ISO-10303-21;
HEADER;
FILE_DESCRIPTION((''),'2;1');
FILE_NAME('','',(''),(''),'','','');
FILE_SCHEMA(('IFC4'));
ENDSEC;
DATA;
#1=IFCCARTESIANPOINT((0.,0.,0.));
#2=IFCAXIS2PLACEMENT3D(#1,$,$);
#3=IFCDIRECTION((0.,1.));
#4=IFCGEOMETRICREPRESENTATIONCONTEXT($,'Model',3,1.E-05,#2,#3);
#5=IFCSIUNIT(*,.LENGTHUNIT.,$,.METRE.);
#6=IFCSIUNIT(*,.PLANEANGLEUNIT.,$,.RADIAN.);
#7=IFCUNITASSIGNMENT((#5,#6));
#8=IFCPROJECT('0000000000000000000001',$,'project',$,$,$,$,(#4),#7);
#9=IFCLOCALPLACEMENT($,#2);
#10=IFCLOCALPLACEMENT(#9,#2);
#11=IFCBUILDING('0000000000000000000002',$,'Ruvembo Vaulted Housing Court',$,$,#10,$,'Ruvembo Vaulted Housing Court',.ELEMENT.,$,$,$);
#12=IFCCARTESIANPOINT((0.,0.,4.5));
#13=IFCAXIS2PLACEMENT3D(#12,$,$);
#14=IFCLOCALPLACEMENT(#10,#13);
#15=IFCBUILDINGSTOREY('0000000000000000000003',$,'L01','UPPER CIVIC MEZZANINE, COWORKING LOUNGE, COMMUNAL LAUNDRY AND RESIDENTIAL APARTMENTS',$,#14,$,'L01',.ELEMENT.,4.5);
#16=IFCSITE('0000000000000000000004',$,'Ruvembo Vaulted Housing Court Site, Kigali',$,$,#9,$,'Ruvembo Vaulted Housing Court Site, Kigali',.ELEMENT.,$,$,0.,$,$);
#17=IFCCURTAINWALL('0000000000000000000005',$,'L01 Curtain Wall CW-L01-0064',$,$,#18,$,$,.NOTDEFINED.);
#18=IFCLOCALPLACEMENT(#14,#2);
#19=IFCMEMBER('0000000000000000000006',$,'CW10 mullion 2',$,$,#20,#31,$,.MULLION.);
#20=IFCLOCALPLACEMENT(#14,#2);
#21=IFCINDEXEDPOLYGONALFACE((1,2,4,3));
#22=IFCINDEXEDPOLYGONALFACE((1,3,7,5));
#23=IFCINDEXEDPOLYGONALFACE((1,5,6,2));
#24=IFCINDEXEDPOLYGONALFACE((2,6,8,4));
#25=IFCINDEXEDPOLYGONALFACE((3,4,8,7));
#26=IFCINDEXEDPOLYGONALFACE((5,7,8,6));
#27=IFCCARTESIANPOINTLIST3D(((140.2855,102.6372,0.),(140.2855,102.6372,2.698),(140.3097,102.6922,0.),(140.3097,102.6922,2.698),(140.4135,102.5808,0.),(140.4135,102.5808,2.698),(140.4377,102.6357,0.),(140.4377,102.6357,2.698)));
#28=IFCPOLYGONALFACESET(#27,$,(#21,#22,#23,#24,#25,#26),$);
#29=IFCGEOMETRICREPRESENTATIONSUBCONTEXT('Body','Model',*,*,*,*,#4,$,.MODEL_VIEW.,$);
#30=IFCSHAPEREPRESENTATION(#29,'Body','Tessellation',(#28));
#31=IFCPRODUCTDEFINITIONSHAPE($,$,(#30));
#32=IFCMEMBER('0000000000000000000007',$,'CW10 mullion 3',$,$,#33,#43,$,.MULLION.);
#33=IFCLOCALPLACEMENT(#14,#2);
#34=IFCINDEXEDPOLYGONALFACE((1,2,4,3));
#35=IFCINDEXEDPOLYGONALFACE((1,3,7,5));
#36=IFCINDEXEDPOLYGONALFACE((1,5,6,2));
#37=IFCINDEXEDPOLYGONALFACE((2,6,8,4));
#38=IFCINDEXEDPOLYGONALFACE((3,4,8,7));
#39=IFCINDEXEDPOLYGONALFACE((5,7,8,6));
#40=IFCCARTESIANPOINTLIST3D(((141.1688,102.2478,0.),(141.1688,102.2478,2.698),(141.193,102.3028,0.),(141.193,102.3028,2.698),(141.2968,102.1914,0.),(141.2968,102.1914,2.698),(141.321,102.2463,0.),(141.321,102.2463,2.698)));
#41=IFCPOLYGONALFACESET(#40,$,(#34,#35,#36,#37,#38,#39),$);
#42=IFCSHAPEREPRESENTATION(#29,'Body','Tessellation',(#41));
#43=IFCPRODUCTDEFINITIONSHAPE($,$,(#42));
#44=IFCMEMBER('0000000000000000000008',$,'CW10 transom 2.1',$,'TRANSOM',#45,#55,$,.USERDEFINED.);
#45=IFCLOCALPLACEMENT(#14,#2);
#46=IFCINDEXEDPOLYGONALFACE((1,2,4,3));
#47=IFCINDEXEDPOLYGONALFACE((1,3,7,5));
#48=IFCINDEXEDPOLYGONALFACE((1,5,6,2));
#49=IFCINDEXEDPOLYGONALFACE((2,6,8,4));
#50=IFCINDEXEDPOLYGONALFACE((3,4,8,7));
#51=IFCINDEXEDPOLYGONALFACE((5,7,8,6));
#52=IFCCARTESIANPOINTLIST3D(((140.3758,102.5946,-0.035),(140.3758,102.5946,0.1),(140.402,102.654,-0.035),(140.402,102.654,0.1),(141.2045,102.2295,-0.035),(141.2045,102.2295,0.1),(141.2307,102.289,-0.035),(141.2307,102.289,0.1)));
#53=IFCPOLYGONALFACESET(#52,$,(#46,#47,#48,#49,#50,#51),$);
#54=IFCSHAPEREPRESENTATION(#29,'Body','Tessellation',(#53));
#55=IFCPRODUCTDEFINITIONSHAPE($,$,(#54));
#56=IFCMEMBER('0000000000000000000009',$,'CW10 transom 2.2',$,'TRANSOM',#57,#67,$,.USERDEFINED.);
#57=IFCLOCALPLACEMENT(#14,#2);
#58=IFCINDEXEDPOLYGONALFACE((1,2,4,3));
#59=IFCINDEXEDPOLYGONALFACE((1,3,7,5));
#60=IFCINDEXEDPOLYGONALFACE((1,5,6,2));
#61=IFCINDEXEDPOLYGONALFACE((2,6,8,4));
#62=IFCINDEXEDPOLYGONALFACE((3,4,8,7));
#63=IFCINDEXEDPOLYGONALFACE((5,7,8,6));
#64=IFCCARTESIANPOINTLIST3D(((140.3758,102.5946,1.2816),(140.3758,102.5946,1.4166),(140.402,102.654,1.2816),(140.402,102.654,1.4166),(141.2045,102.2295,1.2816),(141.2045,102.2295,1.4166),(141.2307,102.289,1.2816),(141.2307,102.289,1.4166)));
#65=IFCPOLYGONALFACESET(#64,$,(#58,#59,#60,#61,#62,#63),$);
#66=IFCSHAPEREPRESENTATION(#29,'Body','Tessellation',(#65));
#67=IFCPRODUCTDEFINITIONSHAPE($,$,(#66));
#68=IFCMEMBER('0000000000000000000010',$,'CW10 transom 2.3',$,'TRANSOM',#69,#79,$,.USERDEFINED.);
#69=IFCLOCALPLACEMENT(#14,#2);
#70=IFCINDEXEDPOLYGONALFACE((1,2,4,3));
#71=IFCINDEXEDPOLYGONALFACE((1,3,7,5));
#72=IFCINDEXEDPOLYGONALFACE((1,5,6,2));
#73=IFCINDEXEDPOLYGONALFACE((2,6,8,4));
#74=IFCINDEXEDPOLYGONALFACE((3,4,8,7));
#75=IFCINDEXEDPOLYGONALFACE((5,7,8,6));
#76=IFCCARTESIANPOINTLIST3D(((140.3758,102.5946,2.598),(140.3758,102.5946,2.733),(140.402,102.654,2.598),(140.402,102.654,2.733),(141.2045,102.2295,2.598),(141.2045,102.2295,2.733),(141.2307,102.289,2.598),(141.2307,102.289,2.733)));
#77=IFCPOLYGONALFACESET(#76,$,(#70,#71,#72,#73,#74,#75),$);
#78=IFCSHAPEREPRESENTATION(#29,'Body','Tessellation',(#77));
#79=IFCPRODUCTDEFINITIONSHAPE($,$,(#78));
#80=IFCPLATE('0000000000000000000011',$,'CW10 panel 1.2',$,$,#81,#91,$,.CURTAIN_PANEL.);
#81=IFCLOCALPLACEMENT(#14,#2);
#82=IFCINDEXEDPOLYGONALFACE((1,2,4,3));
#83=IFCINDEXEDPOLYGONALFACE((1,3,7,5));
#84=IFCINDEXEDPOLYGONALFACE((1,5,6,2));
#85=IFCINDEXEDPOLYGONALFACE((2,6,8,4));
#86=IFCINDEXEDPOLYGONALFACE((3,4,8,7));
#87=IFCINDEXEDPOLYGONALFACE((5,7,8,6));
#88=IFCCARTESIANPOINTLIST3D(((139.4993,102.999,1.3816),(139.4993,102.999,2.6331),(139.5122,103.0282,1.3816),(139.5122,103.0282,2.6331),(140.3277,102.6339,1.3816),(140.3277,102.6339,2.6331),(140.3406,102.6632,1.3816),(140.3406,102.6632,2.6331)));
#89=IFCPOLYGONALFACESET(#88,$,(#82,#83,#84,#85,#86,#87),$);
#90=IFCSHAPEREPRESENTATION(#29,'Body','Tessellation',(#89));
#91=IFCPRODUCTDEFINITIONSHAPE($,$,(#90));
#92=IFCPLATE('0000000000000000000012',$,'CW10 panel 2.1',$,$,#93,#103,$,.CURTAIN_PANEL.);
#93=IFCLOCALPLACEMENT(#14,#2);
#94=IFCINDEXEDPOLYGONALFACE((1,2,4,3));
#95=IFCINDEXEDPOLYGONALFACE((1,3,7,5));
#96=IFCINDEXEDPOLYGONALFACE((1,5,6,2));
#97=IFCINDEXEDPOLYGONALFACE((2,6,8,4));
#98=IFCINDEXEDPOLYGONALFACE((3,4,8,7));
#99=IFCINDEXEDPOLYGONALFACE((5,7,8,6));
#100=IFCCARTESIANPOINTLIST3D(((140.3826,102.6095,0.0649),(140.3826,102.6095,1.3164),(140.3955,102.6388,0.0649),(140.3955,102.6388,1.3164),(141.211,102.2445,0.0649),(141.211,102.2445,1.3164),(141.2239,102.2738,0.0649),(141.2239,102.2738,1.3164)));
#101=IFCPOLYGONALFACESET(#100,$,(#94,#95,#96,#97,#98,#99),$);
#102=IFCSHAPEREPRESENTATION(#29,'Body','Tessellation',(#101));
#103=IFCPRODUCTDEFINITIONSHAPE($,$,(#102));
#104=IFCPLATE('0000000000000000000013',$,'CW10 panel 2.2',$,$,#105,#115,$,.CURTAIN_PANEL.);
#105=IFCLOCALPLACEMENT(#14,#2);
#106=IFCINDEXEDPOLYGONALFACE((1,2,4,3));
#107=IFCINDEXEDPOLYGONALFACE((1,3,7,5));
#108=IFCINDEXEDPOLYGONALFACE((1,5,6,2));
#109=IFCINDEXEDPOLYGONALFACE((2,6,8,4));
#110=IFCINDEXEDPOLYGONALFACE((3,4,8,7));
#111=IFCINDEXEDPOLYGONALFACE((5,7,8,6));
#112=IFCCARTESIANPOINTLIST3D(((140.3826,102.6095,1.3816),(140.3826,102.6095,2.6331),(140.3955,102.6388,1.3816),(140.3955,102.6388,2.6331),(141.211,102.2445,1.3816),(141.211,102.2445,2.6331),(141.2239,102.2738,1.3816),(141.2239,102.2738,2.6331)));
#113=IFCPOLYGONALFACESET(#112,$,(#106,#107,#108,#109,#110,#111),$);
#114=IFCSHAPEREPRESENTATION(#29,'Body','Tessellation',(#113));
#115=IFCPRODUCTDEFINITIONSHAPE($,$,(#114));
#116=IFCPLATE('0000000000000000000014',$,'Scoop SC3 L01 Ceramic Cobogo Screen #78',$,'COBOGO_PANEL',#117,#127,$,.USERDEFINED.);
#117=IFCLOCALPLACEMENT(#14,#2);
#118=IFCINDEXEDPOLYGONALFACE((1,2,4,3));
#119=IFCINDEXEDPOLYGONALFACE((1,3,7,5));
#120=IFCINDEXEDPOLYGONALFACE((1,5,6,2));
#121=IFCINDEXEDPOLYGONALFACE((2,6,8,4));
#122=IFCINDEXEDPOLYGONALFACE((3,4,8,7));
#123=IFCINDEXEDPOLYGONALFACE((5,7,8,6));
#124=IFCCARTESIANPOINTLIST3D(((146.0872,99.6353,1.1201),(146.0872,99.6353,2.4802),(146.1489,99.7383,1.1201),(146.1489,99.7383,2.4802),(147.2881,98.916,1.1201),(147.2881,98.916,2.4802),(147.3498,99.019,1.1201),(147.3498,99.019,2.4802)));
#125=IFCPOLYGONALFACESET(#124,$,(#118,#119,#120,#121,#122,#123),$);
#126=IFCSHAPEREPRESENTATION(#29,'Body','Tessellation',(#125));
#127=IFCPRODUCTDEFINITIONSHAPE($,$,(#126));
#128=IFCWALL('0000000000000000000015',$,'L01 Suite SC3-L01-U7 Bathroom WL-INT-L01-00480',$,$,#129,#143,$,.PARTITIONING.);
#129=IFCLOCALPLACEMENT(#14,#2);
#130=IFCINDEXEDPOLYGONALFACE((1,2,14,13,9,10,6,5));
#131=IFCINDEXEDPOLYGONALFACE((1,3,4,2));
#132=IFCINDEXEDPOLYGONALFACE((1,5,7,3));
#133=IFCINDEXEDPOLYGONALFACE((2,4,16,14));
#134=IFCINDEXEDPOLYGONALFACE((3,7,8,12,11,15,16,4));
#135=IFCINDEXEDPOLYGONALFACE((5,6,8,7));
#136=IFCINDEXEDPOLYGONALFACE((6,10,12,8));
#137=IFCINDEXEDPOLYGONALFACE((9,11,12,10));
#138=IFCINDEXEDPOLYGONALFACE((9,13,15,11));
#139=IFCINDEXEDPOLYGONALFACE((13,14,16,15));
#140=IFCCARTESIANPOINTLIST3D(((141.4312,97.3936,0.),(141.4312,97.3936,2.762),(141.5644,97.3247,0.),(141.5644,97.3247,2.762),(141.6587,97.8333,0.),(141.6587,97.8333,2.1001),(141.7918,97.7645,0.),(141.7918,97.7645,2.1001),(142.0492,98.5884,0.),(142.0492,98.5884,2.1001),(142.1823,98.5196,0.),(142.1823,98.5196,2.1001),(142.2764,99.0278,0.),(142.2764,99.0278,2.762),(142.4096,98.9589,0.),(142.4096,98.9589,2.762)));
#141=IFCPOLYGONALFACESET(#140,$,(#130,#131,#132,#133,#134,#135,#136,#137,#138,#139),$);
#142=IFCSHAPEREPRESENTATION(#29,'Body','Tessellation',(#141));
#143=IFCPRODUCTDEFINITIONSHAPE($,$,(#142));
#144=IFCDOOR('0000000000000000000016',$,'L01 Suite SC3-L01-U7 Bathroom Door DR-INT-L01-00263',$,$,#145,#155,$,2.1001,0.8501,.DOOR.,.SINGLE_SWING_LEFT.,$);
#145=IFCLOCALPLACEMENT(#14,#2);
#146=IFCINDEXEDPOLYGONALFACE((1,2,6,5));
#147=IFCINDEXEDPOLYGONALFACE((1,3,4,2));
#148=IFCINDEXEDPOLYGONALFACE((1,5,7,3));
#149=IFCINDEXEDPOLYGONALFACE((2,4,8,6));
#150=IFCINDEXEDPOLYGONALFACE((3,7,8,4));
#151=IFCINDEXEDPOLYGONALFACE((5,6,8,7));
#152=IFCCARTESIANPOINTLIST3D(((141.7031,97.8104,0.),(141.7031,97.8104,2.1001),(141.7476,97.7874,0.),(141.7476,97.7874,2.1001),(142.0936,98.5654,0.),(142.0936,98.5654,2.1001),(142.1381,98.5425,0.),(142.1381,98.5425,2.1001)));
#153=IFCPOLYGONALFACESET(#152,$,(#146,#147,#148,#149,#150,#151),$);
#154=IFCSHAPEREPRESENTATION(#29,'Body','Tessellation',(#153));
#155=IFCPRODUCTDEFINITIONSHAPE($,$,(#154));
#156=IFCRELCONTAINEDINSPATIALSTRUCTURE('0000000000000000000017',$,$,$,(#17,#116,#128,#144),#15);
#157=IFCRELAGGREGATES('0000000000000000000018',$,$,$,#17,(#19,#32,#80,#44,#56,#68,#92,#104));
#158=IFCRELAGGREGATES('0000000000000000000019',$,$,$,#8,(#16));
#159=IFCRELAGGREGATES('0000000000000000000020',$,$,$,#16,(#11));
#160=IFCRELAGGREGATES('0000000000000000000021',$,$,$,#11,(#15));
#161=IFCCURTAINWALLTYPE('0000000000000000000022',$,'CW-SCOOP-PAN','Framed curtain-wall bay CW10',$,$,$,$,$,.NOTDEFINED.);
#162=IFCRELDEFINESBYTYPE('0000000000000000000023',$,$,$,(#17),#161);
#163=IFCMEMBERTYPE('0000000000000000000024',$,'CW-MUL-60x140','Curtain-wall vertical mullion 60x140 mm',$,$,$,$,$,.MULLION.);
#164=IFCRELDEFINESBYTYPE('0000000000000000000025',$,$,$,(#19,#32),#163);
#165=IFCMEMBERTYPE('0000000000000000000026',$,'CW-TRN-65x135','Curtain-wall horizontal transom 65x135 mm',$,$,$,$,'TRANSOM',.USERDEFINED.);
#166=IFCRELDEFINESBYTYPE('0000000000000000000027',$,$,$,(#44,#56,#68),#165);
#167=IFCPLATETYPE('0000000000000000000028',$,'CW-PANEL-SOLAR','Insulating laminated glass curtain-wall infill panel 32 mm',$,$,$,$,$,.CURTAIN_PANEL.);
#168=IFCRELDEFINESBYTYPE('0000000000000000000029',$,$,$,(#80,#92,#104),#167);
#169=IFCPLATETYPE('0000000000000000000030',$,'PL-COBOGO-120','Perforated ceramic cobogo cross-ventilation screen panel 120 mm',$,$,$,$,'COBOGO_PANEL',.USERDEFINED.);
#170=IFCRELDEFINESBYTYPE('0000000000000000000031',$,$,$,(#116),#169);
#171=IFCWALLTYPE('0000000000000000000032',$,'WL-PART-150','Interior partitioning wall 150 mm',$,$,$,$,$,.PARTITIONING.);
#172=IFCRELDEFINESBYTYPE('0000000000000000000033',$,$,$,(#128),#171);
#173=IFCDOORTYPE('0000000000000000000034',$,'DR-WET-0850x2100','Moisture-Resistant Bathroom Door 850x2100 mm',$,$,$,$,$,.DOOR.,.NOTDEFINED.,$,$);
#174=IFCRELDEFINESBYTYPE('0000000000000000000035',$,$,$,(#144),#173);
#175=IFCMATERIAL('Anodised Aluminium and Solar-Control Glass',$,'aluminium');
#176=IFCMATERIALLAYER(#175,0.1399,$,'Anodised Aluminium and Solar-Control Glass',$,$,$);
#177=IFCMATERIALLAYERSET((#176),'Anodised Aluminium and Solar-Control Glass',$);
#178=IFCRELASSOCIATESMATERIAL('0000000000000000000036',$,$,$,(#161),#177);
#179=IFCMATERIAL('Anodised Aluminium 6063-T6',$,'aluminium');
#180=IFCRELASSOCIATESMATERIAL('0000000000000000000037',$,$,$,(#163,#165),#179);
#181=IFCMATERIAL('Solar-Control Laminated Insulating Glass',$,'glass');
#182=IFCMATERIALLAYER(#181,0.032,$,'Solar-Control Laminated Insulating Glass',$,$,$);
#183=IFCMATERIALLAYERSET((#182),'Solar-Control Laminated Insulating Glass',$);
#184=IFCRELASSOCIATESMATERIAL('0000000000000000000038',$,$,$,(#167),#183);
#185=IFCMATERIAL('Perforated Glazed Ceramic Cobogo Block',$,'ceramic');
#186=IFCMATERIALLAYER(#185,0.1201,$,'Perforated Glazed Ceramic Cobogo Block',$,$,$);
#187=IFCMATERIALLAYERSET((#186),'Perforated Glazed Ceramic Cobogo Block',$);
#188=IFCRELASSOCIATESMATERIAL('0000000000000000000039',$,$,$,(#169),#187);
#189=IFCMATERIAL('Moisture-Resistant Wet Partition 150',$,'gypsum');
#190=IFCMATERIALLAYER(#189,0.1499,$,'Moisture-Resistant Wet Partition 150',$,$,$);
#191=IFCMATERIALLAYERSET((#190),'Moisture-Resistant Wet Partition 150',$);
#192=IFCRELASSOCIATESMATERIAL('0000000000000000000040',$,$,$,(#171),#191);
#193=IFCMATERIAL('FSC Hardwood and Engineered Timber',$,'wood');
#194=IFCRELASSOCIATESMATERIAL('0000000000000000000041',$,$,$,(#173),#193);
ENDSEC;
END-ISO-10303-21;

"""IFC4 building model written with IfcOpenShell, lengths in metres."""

from ifc_helpers import new_model, si_unit, direction, frame, frame_2d, origin, origin_2d, place, context, subcontext, project, spatial, rectangle, extrude, material, layer, layer_set, material_profile, profile_set, type_object, element, fill, aggregate, save


model = new_model("IFC4")

# Units and contexts
model_context = context("Model", 3, precision=1e-05, world=origin(), true_north=direction((0.0, 1.0)))
body_context = subcontext(model_context, "Body", "Model", "MODEL_VIEW")
ifc_project = project(units=[si_unit("LENGTHUNIT", "METRE"), si_unit("PLANEANGLEUNIT", "RADIAN")], contexts=[model_context])

# Site, building, storey
site_placement = place(None, origin())
site = spatial("IfcSite", under=ifc_project, at=site_placement, Name="Ruvembo Vaulted Housing Court Site, Kigali", LongName="Ruvembo Vaulted Housing Court Site, Kigali", CompositionType="ELEMENT", RefElevation=0.0)
building_placement = place(site_placement, origin())
building = spatial("IfcBuilding", under=site, at=building_placement, Name="Ruvembo Vaulted Housing Court", LongName="Ruvembo Vaulted Housing Court", CompositionType="ELEMENT")
storey_placement = place(building_placement, frame((0.0, 0.0, 4.5)))
storey = spatial("IfcBuildingStorey", under=building, at=storey_placement, Name="L01", Description="UPPER CIVIC MEZZANINE, COWORKING LOUNGE, COMMUNAL LAUNDRY AND RESIDENTIAL APARTMENTS", LongName="L01", CompositionType="ELEMENT", Elevation=4.5)

# Curtain wall, members, plates
ifc_material_1 = material(Name="Anodised Aluminium and Solar-Control Glass", Category="aluminium")
ifc_layer_1 = layer(ifc_material_1, 0.1399, Name="Anodised Aluminium and Solar-Control Glass")
ifc_layer_set_1 = layer_set([ifc_layer_1], Name="Anodised Aluminium and Solar-Control Glass")
curtain_wall_type = type_object("IfcCurtainWallType", Name="CW-SCOOP-PAN", Description="Framed curtain-wall bay CW10", PredefinedType="NOTDEFINED", material=ifc_layer_set_1)
curtain_wall_placement = place(storey_placement, origin())
curtain_wall = element("IfcCurtainWall", 1, at=curtain_wall_placement, inside=storey, type_object=curtain_wall_type, Name="L01 Curtain Wall CW-L01-0064", PredefinedType="NOTDEFINED")
ifc_material_2 = material(Name="Anodised Aluminium 6063-T6", Category="aluminium")
ifc_material_profile_1 = material_profile(ifc_material_2, rectangle(XDim=0.0601, YDim=0.1399, at=origin_2d()), Name="ALU 60x140")
ifc_profile_set_1 = profile_set([ifc_material_profile_1], Name="Anodised Aluminium 6063-T6")
member_type_1 = type_object("IfcMemberType", Name="CW-MUL-60x140", Description="Curtain-wall vertical mullion 60x140 mm", PredefinedType="MULLION", material=ifc_profile_set_1)
member_1_placement = place(storey_placement, frame((140.3616, 102.6365, 0.0), z_axis=(0.0, 0.0, 1.0), x_axis=(0.403265, 0.915083, 0.0)))
member_1 = element("IfcMember", 2, at=member_1_placement, type_object=member_type_1, Name="CW10 mullion 2", PredefinedType="MULLION", context=body_context, shape_type="SweptSolid", body=[
    extrude(rectangle(XDim=0.0601, YDim=0.1399, at=origin_2d()), origin(), (0.0, 0.0, 1.0), 2.698),
])
member_2_placement = place(storey_placement, frame((141.2449, 102.2471, 0.0), z_axis=(0.0, 0.0, 1.0), x_axis=(0.403265, 0.915083, 0.0)))
member_2 = element("IfcMember", 3, at=member_2_placement, type_object=member_type_1, Name="CW10 mullion 3", PredefinedType="MULLION", context=body_context, shape_type="SweptSolid", body=[
    extrude(rectangle(XDim=0.0601, YDim=0.1399, at=origin_2d()), origin(), (0.0, 0.0, 1.0), 2.698),
])
ifc_material_profile_2 = material_profile(ifc_material_2, rectangle(XDim=0.0649, YDim=0.135, at=origin_2d()), Name="ALU 65x135")
ifc_profile_set_2 = profile_set([ifc_material_profile_2], Name="Anodised Aluminium 6063-T6")
member_type_2 = type_object("IfcMemberType", Name="CW-TRN-65x135", Description="Curtain-wall horizontal transom 65x135 mm", ElementType="TRANSOM", PredefinedType="USERDEFINED", material=ifc_profile_set_2)
member_3_placement = place(storey_placement, frame((140.3889, 102.6243, 0.0325), z_axis=(0.915152, -0.403109, 0.0), x_axis=(0.403109, 0.915152, 0.0)))
member_3 = element("IfcMember", 4, at=member_3_placement, type_object=member_type_2, Name="CW10 transom 2.1", ObjectType="TRANSOM", PredefinedType="USERDEFINED", context=body_context, shape_type="SweptSolid", body=[
    extrude(rectangle(XDim=0.0649, YDim=0.135, at=origin_2d()), origin(), (0.0, 0.0, 1.0), 0.9055),
])
member_4_placement = place(storey_placement, frame((140.3889, 102.6243, 1.3491), z_axis=(0.915152, -0.403109, 0.0), x_axis=(0.403109, 0.915152, 0.0)))
member_4 = element("IfcMember", 5, at=member_4_placement, type_object=member_type_2, Name="CW10 transom 2.2", ObjectType="TRANSOM", PredefinedType="USERDEFINED", context=body_context, shape_type="SweptSolid", body=[
    extrude(rectangle(XDim=0.0649, YDim=0.135, at=origin_2d()), origin(), (0.0, 0.0, 1.0), 0.9055),
])
member_5_placement = place(storey_placement, frame((140.3889, 102.6243, 2.6655), z_axis=(0.915152, -0.403109, 0.0), x_axis=(0.403109, 0.915152, 0.0)))
member_5 = element("IfcMember", 6, at=member_5_placement, type_object=member_type_2, Name="CW10 transom 2.3", ObjectType="TRANSOM", PredefinedType="USERDEFINED", context=body_context, shape_type="SweptSolid", body=[
    extrude(rectangle(XDim=0.0649, YDim=0.135, at=origin_2d()), origin(), (0.0, 0.0, 1.0), 0.9055),
])
ifc_material_3 = material(Name="Solar-Control Laminated Insulating Glass", Category="glass")
ifc_layer_2 = layer(ifc_material_3, 0.032, Name="Solar-Control Laminated Insulating Glass")
ifc_layer_set_2 = layer_set([ifc_layer_2], Name="Solar-Control Laminated Insulating Glass")
plate_type_1 = type_object("IfcPlateType", Name="CW-PANEL-SOLAR", Description="Insulating laminated glass curtain-wall infill panel 32 mm", PredefinedType="CURTAIN_PANEL", material=ifc_layer_set_2)
plate_1_placement = place(storey_placement, frame((139.9199, 102.8311, 1.3816), z_axis=(0.0, 0.0, 1.0), x_axis=(0.915083, -0.403265, 0.0)))
plate_1 = element("IfcPlate", 7, at=plate_1_placement, type_object=plate_type_1, Name="CW10 panel 1.2", PredefinedType="CURTAIN_PANEL", context=body_context, shape_type="SweptSolid", body=[
    extrude(rectangle(XDim=0.9053, YDim=0.032, at=origin_2d()), origin(), (0.0, 0.0, 1.0), 1.2515),
])
plate_2_placement = place(storey_placement, frame((140.8032, 102.4417, 0.0649), z_axis=(0.0, 0.0, 1.0), x_axis=(0.915083, -0.403265, 0.0)))
plate_2 = element("IfcPlate", 8, at=plate_2_placement, type_object=plate_type_1, Name="CW10 panel 2.1", PredefinedType="CURTAIN_PANEL", context=body_context, shape_type="SweptSolid", body=[
    extrude(rectangle(XDim=0.9053, YDim=0.032, at=origin_2d()), origin(), (0.0, 0.0, 1.0), 1.2515),
])
plate_3_placement = place(storey_placement, frame((140.8032, 102.4417, 1.3816), z_axis=(0.0, 0.0, 1.0), x_axis=(0.915083, -0.403265, 0.0)))
plate_3 = element("IfcPlate", 9, at=plate_3_placement, type_object=plate_type_1, Name="CW10 panel 2.2", PredefinedType="CURTAIN_PANEL", context=body_context, shape_type="SweptSolid", body=[
    extrude(rectangle(XDim=0.9053, YDim=0.032, at=origin_2d()), origin(), (0.0, 0.0, 1.0), 1.2515),
])
aggregate(curtain_wall, [member_1, member_2, plate_1, member_3, member_4, member_5, plate_2, plate_3])

# Plate
ifc_material_4 = material(Name="Perforated Glazed Ceramic Cobogo Block", Category="ceramic")
ifc_layer_3 = layer(ifc_material_4, 0.1201, Name="Perforated Glazed Ceramic Cobogo Block")
ifc_layer_set_3 = layer_set([ifc_layer_3], Name="Perforated Glazed Ceramic Cobogo Block")
plate_type_2 = type_object("IfcPlateType", Name="PL-COBOGO-120", Description="Perforated ceramic cobogo cross-ventilation screen panel 120 mm", ElementType="COBOGO_PANEL", PredefinedType="USERDEFINED", material=ifc_layer_set_3)
plate_4_placement = place(storey_placement, frame((146.7185, 99.3271, 1.1201), z_axis=(0.0, 0.0, 1.0), x_axis=(0.857895, -0.513826, 0.0)))
element("IfcPlate", 10, at=plate_4_placement, inside=storey, type_object=plate_type_2, Name="Scoop SC3 L01 Ceramic Cobogo Screen #78", ObjectType="COBOGO_PANEL", PredefinedType="USERDEFINED", context=body_context, shape_type="SweptSolid", body=[
    extrude(rectangle(XDim=1.3999, YDim=0.1201, at=origin_2d()), origin(), (0.0, 0.0, 1.0), 1.3601),
])

# Wall, opening, door
ifc_material_5 = material(Name="FSC Hardwood and Engineered Timber", Category="wood")
ifc_material_6 = material(Name="Moisture-Resistant Wet Partition 150", Category="gypsum")
ifc_layer_4 = layer(ifc_material_6, 0.1499, Name="Moisture-Resistant Wet Partition 150")
ifc_layer_set_4 = layer_set([ifc_layer_4], Name="Moisture-Resistant Wet Partition 150")
wall_type_1 = type_object("IfcWallType", Name="WL-PART-150", Description="Interior partitioning wall 150 mm", PredefinedType="PARTITIONING", material=ifc_layer_set_4)
wall_1_placement = place(storey_placement, frame((141.4978, 97.3591, 0.0), z_axis=(0.0, 0.0, 1.0), x_axis=(0.45938, 0.88824, 0.0)))
wall_1 = element("IfcWall", 11, at=wall_1_placement, inside=storey, type_object=wall_type_1, Name="L01 Suite SC3-L01-U7 Bathroom WL-INT-L01-00480", PredefinedType="PARTITIONING", context=body_context, shape_type="SweptSolid", body=[
    extrude(rectangle(XDim=1.8398, YDim=0.1499, at=frame_2d((0.9199, 0.0))), origin(), (0.0, 0.0, 1.0), 2.762),
])
opening_1_placement = place(wall_1_placement, frame((0.4951, 0.0, 0.0)))
opening_1 = element("IfcOpeningElement", 12, at=opening_1_placement, cuts=wall_1, PredefinedType="OPENING", context=body_context, shape_type="SweptSolid", body=[
    extrude(rectangle(XDim=0.8501, YDim=2.1001, at=frame_2d((0.425, 1.05))), frame((0.0, 0.085, 0.0), z_axis=(0.0, -1.0, 0.0), x_axis=(1.0, 0.0, 0.0)), (0.0, 0.0, 1.0), 0.1699),
])
door_type_1 = type_object("IfcDoorType", Name="DR-WET-0850x2100", Description="Moisture-Resistant Bathroom Door 850x2100 mm", OperationType="NOTDEFINED", PredefinedType="DOOR", material=ifc_material_5)
door_1_placement = place(opening_1_placement, origin())
door_1 = element("IfcDoor", 13, at=door_1_placement, inside=storey, type_object=door_type_1, Name="L01 Suite SC3-L01-U7 Bathroom Door DR-INT-L01-00263", OperationType="SINGLE_SWING_LEFT", OverallHeight=2.1001, OverallWidth=0.8501, PredefinedType="DOOR", context=body_context, shape_type="SweptSolid", body=[
    extrude(rectangle(XDim=0.8501, YDim=2.1001, at=frame_2d((0.425, 1.05))), frame((0.0, 0.0249, 0.0), z_axis=(0.0, -1.0, 0.0), x_axis=(1.0, 0.0, 0.0)), (0.0, 0.0, 1.0), 0.05),
])
fill(opening_1, door_1)

save(model, "model.ifc")
